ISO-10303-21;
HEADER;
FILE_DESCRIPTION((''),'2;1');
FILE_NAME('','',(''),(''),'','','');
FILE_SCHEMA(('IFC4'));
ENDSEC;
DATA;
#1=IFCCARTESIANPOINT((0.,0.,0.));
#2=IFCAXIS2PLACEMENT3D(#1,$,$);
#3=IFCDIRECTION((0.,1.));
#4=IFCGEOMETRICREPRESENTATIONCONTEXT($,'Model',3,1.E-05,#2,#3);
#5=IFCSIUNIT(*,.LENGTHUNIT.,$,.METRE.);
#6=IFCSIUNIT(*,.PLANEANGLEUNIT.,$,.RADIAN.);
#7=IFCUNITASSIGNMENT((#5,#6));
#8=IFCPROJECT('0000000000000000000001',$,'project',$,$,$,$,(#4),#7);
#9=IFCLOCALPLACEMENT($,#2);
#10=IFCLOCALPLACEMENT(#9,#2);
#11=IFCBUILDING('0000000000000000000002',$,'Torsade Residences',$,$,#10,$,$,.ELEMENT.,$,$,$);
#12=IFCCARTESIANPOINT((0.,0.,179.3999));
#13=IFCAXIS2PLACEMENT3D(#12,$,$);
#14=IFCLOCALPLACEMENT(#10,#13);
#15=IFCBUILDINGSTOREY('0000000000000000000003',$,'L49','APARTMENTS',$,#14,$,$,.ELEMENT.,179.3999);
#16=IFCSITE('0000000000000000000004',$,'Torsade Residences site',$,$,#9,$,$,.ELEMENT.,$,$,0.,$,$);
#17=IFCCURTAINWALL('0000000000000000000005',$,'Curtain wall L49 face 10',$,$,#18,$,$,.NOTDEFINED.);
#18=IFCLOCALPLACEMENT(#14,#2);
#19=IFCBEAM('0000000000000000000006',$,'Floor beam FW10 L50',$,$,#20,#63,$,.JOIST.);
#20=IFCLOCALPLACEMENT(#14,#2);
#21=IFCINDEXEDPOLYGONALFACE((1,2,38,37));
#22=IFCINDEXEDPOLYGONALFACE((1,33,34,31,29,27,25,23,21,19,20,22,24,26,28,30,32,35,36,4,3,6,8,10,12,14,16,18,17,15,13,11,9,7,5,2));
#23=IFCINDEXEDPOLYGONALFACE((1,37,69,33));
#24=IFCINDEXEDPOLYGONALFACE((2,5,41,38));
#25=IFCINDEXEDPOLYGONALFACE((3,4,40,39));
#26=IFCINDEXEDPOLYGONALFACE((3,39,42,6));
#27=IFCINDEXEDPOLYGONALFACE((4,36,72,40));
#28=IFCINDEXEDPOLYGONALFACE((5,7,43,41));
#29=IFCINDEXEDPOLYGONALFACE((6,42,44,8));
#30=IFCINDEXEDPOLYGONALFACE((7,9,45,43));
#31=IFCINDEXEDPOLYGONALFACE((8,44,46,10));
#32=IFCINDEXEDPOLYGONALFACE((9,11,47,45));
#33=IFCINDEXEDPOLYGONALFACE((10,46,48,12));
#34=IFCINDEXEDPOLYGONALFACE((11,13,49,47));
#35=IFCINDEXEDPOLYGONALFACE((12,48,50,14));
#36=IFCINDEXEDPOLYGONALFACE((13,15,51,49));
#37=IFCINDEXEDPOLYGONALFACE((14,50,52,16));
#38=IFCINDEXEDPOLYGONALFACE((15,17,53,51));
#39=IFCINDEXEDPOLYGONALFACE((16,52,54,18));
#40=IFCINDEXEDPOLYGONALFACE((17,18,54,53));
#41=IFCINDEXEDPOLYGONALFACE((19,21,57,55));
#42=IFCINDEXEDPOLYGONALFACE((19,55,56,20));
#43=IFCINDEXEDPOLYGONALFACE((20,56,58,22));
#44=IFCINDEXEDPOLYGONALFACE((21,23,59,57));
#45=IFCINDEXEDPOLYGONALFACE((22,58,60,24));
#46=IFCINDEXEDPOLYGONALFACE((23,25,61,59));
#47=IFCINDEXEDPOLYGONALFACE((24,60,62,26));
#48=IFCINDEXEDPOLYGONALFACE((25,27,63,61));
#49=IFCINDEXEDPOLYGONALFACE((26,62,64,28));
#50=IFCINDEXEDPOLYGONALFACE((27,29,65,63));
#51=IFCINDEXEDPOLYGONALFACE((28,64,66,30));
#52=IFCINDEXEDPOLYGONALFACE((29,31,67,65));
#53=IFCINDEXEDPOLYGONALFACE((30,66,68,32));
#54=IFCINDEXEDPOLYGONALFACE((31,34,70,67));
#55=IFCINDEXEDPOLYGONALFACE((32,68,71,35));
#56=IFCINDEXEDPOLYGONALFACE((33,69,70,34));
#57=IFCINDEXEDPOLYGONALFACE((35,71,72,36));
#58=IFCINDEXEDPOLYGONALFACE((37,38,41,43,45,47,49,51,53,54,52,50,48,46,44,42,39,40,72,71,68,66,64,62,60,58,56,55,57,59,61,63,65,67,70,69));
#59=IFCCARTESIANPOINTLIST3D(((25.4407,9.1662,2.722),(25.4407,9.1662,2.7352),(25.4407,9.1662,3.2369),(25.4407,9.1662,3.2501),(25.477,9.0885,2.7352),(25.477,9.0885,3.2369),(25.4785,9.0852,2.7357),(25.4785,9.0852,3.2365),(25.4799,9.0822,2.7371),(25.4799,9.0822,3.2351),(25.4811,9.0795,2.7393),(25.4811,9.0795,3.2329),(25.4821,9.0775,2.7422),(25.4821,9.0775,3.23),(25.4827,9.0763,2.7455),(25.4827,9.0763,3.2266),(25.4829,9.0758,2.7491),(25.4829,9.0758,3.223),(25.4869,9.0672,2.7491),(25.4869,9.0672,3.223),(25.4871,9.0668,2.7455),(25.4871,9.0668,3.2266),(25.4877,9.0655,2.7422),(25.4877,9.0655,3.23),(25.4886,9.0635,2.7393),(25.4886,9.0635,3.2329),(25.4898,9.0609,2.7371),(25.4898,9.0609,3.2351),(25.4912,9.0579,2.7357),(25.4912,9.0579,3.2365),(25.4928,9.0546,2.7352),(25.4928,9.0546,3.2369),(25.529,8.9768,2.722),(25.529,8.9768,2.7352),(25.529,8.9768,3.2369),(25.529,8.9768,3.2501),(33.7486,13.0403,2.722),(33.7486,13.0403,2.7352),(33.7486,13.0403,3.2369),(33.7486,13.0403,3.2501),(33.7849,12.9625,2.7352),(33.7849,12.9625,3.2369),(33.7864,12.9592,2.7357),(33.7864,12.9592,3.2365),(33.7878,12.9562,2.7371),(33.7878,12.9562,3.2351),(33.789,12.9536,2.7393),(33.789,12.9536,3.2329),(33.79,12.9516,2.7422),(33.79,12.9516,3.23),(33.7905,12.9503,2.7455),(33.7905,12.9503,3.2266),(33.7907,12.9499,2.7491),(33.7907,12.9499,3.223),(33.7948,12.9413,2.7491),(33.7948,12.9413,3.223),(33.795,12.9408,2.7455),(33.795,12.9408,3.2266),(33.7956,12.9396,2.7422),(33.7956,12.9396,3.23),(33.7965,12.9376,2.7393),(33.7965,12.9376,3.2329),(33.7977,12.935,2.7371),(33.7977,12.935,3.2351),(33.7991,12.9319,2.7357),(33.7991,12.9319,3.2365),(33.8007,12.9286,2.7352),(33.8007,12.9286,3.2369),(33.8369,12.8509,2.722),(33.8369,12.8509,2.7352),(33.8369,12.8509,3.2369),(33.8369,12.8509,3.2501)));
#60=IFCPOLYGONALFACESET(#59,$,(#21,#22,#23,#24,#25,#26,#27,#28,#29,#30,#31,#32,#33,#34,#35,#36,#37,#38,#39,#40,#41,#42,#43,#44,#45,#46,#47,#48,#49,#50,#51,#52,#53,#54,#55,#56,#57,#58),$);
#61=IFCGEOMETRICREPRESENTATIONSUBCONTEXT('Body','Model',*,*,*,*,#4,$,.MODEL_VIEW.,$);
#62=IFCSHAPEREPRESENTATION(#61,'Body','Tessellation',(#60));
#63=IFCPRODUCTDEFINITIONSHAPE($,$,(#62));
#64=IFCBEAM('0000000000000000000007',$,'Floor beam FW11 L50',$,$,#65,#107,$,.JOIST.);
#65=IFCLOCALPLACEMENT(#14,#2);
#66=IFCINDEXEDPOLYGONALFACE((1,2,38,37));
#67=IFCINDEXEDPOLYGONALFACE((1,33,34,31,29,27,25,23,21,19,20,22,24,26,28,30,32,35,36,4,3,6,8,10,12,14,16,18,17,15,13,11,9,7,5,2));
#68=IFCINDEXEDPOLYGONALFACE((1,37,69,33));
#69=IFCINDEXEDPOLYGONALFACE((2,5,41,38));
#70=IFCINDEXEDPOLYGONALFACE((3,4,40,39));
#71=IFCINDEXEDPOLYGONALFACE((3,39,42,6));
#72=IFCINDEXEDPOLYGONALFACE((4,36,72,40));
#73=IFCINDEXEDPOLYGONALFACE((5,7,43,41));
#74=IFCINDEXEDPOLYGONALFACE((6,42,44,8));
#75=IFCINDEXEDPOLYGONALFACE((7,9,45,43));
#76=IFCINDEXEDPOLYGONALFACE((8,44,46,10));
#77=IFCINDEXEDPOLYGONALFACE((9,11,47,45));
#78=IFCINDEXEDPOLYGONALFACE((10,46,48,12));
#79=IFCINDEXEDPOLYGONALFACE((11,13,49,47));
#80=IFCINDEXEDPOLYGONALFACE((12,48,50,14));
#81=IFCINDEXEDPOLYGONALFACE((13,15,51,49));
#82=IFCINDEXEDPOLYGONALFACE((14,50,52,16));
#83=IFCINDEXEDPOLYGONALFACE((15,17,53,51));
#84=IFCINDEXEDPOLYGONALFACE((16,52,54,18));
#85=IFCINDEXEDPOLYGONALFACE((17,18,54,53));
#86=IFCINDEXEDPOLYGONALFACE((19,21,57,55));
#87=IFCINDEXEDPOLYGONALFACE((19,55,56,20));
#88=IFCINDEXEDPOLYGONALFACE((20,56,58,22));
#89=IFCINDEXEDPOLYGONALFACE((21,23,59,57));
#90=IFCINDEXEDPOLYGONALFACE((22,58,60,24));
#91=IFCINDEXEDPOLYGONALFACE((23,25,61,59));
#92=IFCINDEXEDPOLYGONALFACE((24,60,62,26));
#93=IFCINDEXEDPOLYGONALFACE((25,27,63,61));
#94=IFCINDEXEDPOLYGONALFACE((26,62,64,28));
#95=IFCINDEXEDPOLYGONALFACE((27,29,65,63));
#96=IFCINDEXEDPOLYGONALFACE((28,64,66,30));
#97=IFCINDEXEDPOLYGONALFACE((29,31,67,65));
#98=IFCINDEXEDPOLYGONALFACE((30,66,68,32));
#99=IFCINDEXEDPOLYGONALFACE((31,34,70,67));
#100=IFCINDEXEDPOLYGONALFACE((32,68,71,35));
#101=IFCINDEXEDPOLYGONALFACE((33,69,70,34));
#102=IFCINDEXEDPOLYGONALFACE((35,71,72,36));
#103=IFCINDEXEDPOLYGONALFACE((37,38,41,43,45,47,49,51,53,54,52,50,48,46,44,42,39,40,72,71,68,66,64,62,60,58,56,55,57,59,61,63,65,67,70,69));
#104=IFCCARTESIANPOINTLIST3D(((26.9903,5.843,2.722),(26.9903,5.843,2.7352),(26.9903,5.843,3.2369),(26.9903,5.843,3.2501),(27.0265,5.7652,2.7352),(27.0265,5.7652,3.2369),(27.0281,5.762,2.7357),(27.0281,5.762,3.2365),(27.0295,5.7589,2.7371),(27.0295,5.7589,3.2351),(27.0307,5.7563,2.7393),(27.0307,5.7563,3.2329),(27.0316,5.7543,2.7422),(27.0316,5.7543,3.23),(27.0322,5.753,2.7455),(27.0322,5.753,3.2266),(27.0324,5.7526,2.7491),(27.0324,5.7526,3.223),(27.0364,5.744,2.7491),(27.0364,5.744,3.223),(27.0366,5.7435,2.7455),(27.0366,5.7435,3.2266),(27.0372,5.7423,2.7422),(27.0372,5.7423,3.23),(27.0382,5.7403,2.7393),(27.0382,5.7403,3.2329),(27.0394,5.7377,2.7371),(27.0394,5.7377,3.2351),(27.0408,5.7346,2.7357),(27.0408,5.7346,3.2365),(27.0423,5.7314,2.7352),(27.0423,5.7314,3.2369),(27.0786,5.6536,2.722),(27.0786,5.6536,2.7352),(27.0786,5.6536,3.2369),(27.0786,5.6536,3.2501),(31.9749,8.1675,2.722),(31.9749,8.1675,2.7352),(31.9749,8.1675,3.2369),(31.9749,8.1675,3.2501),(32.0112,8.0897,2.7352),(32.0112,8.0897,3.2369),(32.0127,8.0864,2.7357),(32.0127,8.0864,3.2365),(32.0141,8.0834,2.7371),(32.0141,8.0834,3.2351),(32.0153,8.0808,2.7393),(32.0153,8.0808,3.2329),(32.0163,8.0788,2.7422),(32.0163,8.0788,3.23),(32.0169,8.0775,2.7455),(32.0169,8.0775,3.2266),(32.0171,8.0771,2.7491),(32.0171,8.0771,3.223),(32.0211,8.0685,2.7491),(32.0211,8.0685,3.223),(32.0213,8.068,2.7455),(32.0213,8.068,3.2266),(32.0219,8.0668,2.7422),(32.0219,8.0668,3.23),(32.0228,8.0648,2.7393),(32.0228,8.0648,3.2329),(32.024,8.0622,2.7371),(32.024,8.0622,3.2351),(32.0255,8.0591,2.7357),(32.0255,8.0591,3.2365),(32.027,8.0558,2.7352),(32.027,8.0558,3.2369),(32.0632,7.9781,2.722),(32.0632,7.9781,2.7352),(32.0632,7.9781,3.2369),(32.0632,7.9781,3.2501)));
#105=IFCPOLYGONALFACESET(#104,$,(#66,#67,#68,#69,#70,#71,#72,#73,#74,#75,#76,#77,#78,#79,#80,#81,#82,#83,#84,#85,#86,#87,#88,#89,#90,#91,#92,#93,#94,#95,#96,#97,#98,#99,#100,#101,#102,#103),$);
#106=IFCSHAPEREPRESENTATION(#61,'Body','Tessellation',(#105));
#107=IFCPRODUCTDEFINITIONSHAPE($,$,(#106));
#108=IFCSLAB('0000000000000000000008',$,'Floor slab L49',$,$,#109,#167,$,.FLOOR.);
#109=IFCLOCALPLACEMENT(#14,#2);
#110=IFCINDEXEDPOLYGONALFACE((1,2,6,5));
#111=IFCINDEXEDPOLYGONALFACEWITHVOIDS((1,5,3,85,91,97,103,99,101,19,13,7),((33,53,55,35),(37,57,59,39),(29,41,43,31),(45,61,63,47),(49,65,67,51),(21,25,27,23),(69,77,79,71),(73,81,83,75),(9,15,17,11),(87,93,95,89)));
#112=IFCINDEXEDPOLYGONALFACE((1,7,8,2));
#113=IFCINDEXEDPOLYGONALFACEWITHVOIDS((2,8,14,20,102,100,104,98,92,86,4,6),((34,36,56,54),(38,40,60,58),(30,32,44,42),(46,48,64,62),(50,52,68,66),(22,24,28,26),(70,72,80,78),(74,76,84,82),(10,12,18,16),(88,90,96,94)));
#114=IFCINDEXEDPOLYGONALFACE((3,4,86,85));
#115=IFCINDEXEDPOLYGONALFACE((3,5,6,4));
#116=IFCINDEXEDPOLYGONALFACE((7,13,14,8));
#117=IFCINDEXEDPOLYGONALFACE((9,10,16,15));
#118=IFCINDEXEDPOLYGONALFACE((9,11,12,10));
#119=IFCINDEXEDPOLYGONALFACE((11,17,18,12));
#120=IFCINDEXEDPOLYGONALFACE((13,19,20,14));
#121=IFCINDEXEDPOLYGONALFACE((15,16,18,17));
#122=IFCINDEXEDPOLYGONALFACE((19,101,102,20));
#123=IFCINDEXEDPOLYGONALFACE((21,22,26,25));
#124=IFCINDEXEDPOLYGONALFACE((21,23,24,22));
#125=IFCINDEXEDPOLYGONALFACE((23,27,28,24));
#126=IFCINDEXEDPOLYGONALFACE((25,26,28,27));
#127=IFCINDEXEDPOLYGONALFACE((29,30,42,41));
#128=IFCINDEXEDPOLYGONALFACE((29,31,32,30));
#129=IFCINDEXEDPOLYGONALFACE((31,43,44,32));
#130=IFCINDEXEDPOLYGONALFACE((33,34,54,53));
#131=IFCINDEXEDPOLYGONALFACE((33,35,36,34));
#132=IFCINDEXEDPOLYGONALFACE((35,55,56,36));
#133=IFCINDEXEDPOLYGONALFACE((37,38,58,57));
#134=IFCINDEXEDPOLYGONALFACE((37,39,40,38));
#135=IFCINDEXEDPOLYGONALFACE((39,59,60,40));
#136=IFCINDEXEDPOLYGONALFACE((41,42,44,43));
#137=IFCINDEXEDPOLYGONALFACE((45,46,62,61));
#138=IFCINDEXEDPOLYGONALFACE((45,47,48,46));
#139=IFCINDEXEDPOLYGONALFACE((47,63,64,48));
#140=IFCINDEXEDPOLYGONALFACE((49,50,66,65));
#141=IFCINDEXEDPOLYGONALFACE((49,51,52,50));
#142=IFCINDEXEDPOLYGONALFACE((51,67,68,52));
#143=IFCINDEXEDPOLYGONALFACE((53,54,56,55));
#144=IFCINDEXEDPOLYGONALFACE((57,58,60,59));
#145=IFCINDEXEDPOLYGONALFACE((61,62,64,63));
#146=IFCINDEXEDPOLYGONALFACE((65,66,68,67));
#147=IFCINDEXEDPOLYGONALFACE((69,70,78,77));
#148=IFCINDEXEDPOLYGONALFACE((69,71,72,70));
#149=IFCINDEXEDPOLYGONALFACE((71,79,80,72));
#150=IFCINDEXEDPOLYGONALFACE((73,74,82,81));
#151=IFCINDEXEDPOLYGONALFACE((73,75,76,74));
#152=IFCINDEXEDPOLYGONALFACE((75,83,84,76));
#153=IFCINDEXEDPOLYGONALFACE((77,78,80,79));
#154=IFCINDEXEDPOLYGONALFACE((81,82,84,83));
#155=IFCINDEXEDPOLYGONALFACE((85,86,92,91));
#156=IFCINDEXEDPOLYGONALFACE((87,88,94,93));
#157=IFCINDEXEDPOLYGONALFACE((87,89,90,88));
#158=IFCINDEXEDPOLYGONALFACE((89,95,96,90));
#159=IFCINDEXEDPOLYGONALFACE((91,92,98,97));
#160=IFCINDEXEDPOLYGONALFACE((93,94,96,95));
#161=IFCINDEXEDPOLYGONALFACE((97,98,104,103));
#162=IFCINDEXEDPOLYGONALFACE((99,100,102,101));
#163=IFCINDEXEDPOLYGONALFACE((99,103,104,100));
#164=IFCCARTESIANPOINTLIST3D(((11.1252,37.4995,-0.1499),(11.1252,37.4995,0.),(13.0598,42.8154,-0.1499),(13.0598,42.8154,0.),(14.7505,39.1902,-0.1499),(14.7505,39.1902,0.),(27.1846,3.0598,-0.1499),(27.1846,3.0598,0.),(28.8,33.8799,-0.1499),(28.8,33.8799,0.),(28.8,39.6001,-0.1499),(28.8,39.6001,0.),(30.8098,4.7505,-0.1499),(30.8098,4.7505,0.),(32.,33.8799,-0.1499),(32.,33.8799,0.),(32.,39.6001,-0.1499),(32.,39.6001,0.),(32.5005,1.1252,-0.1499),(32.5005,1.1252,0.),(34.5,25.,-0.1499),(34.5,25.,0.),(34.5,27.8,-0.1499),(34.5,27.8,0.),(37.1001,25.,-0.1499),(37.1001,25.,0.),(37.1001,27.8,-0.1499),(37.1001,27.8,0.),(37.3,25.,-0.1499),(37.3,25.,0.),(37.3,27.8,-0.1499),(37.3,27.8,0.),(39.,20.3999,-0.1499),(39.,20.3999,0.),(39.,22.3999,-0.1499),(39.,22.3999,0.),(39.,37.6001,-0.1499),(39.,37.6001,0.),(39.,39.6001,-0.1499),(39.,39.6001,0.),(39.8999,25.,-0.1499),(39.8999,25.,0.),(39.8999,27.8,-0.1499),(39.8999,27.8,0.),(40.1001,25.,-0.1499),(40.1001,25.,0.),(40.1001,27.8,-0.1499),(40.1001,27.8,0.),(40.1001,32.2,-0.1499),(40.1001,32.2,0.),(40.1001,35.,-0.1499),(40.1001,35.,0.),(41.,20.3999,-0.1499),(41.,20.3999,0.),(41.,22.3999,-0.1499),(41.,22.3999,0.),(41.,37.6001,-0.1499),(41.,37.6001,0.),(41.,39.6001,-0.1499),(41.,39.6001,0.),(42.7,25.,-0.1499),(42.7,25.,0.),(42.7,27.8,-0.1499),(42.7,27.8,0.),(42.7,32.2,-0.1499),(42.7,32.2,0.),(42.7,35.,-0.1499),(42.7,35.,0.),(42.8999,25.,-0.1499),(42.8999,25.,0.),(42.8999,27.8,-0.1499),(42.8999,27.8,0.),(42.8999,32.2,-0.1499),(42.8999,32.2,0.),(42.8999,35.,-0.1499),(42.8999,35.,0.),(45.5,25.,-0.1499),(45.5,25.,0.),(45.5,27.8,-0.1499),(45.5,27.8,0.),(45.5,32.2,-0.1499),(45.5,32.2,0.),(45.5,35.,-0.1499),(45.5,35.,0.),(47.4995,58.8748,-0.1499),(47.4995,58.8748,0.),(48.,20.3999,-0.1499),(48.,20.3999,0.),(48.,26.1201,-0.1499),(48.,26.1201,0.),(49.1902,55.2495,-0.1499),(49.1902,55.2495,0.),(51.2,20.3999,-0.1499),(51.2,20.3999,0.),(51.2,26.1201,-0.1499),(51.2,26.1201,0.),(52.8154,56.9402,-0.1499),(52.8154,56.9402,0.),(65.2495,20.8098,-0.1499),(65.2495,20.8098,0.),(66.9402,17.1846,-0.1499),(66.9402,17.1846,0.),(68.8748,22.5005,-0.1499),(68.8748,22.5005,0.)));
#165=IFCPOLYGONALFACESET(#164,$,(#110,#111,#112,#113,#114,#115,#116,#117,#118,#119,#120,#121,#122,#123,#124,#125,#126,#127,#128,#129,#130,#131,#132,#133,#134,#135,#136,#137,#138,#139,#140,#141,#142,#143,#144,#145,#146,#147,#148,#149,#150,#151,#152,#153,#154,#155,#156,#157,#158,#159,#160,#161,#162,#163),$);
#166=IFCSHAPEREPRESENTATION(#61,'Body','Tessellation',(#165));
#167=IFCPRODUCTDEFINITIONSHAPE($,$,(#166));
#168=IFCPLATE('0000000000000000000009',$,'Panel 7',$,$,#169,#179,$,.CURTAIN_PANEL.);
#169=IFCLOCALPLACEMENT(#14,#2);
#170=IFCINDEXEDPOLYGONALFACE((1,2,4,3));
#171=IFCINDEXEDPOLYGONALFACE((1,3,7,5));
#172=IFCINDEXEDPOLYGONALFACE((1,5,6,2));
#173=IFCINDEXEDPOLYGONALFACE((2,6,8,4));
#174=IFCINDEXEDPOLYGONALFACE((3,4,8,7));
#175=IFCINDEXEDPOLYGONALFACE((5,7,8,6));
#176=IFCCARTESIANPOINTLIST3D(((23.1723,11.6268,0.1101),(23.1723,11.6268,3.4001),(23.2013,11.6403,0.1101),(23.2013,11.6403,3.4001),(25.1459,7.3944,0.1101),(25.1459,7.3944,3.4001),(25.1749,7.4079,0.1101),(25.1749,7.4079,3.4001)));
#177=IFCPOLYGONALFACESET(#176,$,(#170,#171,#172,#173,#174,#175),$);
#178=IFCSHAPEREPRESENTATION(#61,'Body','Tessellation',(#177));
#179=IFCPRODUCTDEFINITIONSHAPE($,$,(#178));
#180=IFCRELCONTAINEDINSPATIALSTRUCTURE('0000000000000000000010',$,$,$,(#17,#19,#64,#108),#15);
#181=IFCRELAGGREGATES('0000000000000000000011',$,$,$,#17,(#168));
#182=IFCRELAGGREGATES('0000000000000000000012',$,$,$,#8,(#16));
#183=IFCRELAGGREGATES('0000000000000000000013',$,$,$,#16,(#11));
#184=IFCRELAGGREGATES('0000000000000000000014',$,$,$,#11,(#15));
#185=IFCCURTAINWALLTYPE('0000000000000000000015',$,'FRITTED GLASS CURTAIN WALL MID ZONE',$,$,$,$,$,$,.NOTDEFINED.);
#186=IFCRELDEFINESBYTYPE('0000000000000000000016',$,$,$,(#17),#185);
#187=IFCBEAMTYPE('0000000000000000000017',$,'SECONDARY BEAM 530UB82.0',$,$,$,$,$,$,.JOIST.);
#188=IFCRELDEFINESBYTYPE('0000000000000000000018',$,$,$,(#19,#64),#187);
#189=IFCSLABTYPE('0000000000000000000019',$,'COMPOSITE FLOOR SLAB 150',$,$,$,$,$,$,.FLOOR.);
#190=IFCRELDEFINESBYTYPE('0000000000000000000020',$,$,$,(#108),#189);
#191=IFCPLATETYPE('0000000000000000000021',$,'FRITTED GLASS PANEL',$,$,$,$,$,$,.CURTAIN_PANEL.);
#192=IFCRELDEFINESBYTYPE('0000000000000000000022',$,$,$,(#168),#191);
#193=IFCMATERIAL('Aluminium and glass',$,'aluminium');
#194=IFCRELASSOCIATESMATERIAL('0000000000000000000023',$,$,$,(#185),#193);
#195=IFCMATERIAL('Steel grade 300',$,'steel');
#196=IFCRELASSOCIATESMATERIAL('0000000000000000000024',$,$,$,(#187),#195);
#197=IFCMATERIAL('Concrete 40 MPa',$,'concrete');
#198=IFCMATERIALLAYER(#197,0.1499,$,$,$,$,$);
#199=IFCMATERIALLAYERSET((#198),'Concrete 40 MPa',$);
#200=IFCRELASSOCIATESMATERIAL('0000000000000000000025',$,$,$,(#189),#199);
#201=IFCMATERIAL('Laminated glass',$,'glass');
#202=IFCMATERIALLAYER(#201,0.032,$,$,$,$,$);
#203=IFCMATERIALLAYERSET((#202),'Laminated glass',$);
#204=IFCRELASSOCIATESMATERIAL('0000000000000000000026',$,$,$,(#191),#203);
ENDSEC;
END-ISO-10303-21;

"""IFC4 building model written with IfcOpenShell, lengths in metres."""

from ifc_helpers import new_model, si_unit, direction, frame, origin, origin_2d, place, context, subcontext, project, spatial, polyline, rectangle, i_section, outline, extrude, material, layer, layer_set, material_profile, profile_set, type_object, element, aggregate, save


model = new_model("IFC4")

# Units and contexts
model_context = context("Model", 3, precision=1e-05, world=origin(), true_north=direction((0.0, 1.0)))
body_context = subcontext(model_context, "Body", "Model", "MODEL_VIEW")
ifc_project = project(units=[si_unit("LENGTHUNIT", "METRE"), si_unit("PLANEANGLEUNIT", "RADIAN")], contexts=[model_context])

# Site, building, storey
site_placement = place(None, origin())
site = spatial("IfcSite", under=ifc_project, at=site_placement, Name="Torsade Residences site", CompositionType="ELEMENT", RefElevation=0.0)
building_placement = place(site_placement, origin())
building = spatial("IfcBuilding", under=site, at=building_placement, Name="Torsade Residences", CompositionType="ELEMENT")
storey_placement = place(building_placement, frame((0.0, 0.0, 179.3999)))
storey = spatial("IfcBuildingStorey", under=building, at=storey_placement, Name="L49", Description="APARTMENTS", CompositionType="ELEMENT", Elevation=179.3999)

# Curtain wall
ifc_material_1 = material(Name="Aluminium and glass", Category="aluminium")
curtain_wall_type = type_object("IfcCurtainWallType", Name="FRITTED GLASS CURTAIN WALL MID ZONE", PredefinedType="NOTDEFINED", material=ifc_material_1)
curtain_wall_placement = place(storey_placement, origin())
curtain_wall = element("IfcCurtainWall", 1, at=curtain_wall_placement, inside=storey, type_object=curtain_wall_type, Name="Curtain wall L49 face 10", PredefinedType="NOTDEFINED")

# Beams
ifc_material_2 = material(Name="Steel grade 300", Category="steel")
ifc_material_profile_1 = material_profile(ifc_material_2, i_section(OverallWidth=0.209, OverallDepth=0.5281, WebThickness=0.0095, FlangeThickness=0.0132, FilletRadius=0.0139, at=origin_2d()), Name="530UB82.0")
ifc_profile_set_1 = profile_set([ifc_material_profile_1], Name="Steel grade 300")
beam_type_1 = type_object("IfcBeamType", Name="SECONDARY BEAM 530UB82.0", PredefinedType="JOIST", material=ifc_profile_set_1)
beam_1_placement = place(storey_placement, frame((25.4849, 9.0715, 2.9861), z_axis=(0.906308, 0.422619, 0.0), x_axis=(-0.422619, 0.906308, 0.0)))
element("IfcBeam", 2, at=beam_1_placement, inside=storey, type_object=beam_type_1, Name="Floor beam FW10 L50", PredefinedType="JOIST", context=body_context, shape_type="SweptSolid", body=[
    extrude(i_section(OverallWidth=0.209, OverallDepth=0.5281, WebThickness=0.0095, FlangeThickness=0.0132, FilletRadius=0.0139, at=origin_2d()), origin(), (0.0, 0.0, 1.0), 9.1667),
])
beam_2_placement = place(storey_placement, frame((27.0344, 5.7483, 2.9861), z_axis=(0.906301, 0.422633, 0.0), x_axis=(-0.422633, 0.906301, 0.0)))
element("IfcBeam", 3, at=beam_2_placement, inside=storey, type_object=beam_type_1, Name="Floor beam FW11 L50", PredefinedType="JOIST", context=body_context, shape_type="SweptSolid", body=[
    extrude(i_section(OverallWidth=0.209, OverallDepth=0.5281, WebThickness=0.0095, FlangeThickness=0.0132, FilletRadius=0.0139, at=origin_2d()), origin(), (0.0, 0.0, 1.0), 5.5),
])

# Slab
ifc_material_3 = material(Name="Concrete 40 MPa", Category="concrete")
ifc_layer_1 = layer(ifc_material_3, 0.1499)
ifc_layer_set_1 = layer_set([ifc_layer_1], Name="Concrete 40 MPa")
slab_type_1 = type_object("IfcSlabType", Name="COMPOSITE FLOOR SLAB 150", PredefinedType="FLOOR", material=ifc_layer_set_1)
slab_1_placement = place(storey_placement, frame((0.0, 0.0, -0.1499)))
element("IfcSlab", 4, at=slab_1_placement, inside=storey, type_object=slab_type_1, Name="Floor slab L49", PredefinedType="FLOOR", context=body_context, shape_type="SweptSolid", body=[
    extrude(outline(polyline([(32.5005, 1.1252), (66.9402, 17.1846), (65.2495, 20.8098), (68.8748, 22.5005), (52.8154, 56.9402), (49.1902, 55.2495), (47.4995, 58.8748), (13.0598, 42.8154), (14.7505, 39.1902), (11.1252, 37.4995), (27.1846, 3.0598), (30.8098, 4.7505), (32.5005, 1.1252)]), holes=[polyline([(51.2, 26.1201), (48.0, 26.1201), (48.0, 20.3999), (51.2, 20.3999), (51.2, 26.1201)]), polyline([(45.5, 27.8), (42.8999, 27.8), (42.8999, 25.0), (45.5, 25.0), (45.5, 27.8)]), polyline([(45.5, 35.0), (42.8999, 35.0), (42.8999, 32.2), (45.5, 32.2), (45.5, 35.0)]), polyline([(42.7, 25.0), (42.7, 27.8), (40.1001, 27.8), (40.1001, 25.0), (42.7, 25.0)]), polyline([(42.7, 35.0), (40.1001, 35.0), (40.1001, 32.2), (42.7, 32.2), (42.7, 35.0)]), polyline([(41.0, 22.3999), (39.0, 22.3999), (39.0, 20.3999), (41.0, 20.3999), (41.0, 22.3999)]), polyline([(41.0, 37.6001), (41.0, 39.6001), (39.0, 39.6001), (39.0, 37.6001), (41.0, 37.6001)]), polyline([(39.8999, 25.0), (39.8999, 27.8), (37.3, 27.8), (37.3, 25.0), (39.8999, 25.0)]), polyline([(37.1001, 27.8), (34.5, 27.8), (34.5, 25.0), (37.1001, 25.0), (37.1001, 27.8)]), polyline([(32.0, 33.8799), (32.0, 39.6001), (28.8, 39.6001), (28.8, 33.8799), (32.0, 33.8799)])]), origin(), (0.0, 0.0, 1.0), 0.1499),
])

# Plate
ifc_material_4 = material(Name="Laminated glass", Category="glass")
ifc_layer_2 = layer(ifc_material_4, 0.032)
ifc_layer_set_2 = layer_set([ifc_layer_2], Name="Laminated glass")
plate_type = type_object("IfcPlateType", Name="FRITTED GLASS PANEL", PredefinedType="CURTAIN_PANEL", material=ifc_layer_set_2)
plate_1_placement = place(storey_placement, frame((24.1736, 9.5173, 0.1101), z_axis=(0.0, 0.0, 1.0), x_axis=(0.422618, -0.906308, 0.0)))
plate_1 = element("IfcPlate", 5, at=plate_1_placement, type_object=plate_type, Name="Panel 7", PredefinedType="CURTAIN_PANEL", context=body_context, shape_type="SweptSolid", body=[
    extrude(rectangle(XDim=4.6699, YDim=0.032, at=origin_2d()), origin(), (0.0, 0.0, 1.0), 3.29),
])
aggregate(curtain_wall, [plate_1])

save(model, "model.ifc")
